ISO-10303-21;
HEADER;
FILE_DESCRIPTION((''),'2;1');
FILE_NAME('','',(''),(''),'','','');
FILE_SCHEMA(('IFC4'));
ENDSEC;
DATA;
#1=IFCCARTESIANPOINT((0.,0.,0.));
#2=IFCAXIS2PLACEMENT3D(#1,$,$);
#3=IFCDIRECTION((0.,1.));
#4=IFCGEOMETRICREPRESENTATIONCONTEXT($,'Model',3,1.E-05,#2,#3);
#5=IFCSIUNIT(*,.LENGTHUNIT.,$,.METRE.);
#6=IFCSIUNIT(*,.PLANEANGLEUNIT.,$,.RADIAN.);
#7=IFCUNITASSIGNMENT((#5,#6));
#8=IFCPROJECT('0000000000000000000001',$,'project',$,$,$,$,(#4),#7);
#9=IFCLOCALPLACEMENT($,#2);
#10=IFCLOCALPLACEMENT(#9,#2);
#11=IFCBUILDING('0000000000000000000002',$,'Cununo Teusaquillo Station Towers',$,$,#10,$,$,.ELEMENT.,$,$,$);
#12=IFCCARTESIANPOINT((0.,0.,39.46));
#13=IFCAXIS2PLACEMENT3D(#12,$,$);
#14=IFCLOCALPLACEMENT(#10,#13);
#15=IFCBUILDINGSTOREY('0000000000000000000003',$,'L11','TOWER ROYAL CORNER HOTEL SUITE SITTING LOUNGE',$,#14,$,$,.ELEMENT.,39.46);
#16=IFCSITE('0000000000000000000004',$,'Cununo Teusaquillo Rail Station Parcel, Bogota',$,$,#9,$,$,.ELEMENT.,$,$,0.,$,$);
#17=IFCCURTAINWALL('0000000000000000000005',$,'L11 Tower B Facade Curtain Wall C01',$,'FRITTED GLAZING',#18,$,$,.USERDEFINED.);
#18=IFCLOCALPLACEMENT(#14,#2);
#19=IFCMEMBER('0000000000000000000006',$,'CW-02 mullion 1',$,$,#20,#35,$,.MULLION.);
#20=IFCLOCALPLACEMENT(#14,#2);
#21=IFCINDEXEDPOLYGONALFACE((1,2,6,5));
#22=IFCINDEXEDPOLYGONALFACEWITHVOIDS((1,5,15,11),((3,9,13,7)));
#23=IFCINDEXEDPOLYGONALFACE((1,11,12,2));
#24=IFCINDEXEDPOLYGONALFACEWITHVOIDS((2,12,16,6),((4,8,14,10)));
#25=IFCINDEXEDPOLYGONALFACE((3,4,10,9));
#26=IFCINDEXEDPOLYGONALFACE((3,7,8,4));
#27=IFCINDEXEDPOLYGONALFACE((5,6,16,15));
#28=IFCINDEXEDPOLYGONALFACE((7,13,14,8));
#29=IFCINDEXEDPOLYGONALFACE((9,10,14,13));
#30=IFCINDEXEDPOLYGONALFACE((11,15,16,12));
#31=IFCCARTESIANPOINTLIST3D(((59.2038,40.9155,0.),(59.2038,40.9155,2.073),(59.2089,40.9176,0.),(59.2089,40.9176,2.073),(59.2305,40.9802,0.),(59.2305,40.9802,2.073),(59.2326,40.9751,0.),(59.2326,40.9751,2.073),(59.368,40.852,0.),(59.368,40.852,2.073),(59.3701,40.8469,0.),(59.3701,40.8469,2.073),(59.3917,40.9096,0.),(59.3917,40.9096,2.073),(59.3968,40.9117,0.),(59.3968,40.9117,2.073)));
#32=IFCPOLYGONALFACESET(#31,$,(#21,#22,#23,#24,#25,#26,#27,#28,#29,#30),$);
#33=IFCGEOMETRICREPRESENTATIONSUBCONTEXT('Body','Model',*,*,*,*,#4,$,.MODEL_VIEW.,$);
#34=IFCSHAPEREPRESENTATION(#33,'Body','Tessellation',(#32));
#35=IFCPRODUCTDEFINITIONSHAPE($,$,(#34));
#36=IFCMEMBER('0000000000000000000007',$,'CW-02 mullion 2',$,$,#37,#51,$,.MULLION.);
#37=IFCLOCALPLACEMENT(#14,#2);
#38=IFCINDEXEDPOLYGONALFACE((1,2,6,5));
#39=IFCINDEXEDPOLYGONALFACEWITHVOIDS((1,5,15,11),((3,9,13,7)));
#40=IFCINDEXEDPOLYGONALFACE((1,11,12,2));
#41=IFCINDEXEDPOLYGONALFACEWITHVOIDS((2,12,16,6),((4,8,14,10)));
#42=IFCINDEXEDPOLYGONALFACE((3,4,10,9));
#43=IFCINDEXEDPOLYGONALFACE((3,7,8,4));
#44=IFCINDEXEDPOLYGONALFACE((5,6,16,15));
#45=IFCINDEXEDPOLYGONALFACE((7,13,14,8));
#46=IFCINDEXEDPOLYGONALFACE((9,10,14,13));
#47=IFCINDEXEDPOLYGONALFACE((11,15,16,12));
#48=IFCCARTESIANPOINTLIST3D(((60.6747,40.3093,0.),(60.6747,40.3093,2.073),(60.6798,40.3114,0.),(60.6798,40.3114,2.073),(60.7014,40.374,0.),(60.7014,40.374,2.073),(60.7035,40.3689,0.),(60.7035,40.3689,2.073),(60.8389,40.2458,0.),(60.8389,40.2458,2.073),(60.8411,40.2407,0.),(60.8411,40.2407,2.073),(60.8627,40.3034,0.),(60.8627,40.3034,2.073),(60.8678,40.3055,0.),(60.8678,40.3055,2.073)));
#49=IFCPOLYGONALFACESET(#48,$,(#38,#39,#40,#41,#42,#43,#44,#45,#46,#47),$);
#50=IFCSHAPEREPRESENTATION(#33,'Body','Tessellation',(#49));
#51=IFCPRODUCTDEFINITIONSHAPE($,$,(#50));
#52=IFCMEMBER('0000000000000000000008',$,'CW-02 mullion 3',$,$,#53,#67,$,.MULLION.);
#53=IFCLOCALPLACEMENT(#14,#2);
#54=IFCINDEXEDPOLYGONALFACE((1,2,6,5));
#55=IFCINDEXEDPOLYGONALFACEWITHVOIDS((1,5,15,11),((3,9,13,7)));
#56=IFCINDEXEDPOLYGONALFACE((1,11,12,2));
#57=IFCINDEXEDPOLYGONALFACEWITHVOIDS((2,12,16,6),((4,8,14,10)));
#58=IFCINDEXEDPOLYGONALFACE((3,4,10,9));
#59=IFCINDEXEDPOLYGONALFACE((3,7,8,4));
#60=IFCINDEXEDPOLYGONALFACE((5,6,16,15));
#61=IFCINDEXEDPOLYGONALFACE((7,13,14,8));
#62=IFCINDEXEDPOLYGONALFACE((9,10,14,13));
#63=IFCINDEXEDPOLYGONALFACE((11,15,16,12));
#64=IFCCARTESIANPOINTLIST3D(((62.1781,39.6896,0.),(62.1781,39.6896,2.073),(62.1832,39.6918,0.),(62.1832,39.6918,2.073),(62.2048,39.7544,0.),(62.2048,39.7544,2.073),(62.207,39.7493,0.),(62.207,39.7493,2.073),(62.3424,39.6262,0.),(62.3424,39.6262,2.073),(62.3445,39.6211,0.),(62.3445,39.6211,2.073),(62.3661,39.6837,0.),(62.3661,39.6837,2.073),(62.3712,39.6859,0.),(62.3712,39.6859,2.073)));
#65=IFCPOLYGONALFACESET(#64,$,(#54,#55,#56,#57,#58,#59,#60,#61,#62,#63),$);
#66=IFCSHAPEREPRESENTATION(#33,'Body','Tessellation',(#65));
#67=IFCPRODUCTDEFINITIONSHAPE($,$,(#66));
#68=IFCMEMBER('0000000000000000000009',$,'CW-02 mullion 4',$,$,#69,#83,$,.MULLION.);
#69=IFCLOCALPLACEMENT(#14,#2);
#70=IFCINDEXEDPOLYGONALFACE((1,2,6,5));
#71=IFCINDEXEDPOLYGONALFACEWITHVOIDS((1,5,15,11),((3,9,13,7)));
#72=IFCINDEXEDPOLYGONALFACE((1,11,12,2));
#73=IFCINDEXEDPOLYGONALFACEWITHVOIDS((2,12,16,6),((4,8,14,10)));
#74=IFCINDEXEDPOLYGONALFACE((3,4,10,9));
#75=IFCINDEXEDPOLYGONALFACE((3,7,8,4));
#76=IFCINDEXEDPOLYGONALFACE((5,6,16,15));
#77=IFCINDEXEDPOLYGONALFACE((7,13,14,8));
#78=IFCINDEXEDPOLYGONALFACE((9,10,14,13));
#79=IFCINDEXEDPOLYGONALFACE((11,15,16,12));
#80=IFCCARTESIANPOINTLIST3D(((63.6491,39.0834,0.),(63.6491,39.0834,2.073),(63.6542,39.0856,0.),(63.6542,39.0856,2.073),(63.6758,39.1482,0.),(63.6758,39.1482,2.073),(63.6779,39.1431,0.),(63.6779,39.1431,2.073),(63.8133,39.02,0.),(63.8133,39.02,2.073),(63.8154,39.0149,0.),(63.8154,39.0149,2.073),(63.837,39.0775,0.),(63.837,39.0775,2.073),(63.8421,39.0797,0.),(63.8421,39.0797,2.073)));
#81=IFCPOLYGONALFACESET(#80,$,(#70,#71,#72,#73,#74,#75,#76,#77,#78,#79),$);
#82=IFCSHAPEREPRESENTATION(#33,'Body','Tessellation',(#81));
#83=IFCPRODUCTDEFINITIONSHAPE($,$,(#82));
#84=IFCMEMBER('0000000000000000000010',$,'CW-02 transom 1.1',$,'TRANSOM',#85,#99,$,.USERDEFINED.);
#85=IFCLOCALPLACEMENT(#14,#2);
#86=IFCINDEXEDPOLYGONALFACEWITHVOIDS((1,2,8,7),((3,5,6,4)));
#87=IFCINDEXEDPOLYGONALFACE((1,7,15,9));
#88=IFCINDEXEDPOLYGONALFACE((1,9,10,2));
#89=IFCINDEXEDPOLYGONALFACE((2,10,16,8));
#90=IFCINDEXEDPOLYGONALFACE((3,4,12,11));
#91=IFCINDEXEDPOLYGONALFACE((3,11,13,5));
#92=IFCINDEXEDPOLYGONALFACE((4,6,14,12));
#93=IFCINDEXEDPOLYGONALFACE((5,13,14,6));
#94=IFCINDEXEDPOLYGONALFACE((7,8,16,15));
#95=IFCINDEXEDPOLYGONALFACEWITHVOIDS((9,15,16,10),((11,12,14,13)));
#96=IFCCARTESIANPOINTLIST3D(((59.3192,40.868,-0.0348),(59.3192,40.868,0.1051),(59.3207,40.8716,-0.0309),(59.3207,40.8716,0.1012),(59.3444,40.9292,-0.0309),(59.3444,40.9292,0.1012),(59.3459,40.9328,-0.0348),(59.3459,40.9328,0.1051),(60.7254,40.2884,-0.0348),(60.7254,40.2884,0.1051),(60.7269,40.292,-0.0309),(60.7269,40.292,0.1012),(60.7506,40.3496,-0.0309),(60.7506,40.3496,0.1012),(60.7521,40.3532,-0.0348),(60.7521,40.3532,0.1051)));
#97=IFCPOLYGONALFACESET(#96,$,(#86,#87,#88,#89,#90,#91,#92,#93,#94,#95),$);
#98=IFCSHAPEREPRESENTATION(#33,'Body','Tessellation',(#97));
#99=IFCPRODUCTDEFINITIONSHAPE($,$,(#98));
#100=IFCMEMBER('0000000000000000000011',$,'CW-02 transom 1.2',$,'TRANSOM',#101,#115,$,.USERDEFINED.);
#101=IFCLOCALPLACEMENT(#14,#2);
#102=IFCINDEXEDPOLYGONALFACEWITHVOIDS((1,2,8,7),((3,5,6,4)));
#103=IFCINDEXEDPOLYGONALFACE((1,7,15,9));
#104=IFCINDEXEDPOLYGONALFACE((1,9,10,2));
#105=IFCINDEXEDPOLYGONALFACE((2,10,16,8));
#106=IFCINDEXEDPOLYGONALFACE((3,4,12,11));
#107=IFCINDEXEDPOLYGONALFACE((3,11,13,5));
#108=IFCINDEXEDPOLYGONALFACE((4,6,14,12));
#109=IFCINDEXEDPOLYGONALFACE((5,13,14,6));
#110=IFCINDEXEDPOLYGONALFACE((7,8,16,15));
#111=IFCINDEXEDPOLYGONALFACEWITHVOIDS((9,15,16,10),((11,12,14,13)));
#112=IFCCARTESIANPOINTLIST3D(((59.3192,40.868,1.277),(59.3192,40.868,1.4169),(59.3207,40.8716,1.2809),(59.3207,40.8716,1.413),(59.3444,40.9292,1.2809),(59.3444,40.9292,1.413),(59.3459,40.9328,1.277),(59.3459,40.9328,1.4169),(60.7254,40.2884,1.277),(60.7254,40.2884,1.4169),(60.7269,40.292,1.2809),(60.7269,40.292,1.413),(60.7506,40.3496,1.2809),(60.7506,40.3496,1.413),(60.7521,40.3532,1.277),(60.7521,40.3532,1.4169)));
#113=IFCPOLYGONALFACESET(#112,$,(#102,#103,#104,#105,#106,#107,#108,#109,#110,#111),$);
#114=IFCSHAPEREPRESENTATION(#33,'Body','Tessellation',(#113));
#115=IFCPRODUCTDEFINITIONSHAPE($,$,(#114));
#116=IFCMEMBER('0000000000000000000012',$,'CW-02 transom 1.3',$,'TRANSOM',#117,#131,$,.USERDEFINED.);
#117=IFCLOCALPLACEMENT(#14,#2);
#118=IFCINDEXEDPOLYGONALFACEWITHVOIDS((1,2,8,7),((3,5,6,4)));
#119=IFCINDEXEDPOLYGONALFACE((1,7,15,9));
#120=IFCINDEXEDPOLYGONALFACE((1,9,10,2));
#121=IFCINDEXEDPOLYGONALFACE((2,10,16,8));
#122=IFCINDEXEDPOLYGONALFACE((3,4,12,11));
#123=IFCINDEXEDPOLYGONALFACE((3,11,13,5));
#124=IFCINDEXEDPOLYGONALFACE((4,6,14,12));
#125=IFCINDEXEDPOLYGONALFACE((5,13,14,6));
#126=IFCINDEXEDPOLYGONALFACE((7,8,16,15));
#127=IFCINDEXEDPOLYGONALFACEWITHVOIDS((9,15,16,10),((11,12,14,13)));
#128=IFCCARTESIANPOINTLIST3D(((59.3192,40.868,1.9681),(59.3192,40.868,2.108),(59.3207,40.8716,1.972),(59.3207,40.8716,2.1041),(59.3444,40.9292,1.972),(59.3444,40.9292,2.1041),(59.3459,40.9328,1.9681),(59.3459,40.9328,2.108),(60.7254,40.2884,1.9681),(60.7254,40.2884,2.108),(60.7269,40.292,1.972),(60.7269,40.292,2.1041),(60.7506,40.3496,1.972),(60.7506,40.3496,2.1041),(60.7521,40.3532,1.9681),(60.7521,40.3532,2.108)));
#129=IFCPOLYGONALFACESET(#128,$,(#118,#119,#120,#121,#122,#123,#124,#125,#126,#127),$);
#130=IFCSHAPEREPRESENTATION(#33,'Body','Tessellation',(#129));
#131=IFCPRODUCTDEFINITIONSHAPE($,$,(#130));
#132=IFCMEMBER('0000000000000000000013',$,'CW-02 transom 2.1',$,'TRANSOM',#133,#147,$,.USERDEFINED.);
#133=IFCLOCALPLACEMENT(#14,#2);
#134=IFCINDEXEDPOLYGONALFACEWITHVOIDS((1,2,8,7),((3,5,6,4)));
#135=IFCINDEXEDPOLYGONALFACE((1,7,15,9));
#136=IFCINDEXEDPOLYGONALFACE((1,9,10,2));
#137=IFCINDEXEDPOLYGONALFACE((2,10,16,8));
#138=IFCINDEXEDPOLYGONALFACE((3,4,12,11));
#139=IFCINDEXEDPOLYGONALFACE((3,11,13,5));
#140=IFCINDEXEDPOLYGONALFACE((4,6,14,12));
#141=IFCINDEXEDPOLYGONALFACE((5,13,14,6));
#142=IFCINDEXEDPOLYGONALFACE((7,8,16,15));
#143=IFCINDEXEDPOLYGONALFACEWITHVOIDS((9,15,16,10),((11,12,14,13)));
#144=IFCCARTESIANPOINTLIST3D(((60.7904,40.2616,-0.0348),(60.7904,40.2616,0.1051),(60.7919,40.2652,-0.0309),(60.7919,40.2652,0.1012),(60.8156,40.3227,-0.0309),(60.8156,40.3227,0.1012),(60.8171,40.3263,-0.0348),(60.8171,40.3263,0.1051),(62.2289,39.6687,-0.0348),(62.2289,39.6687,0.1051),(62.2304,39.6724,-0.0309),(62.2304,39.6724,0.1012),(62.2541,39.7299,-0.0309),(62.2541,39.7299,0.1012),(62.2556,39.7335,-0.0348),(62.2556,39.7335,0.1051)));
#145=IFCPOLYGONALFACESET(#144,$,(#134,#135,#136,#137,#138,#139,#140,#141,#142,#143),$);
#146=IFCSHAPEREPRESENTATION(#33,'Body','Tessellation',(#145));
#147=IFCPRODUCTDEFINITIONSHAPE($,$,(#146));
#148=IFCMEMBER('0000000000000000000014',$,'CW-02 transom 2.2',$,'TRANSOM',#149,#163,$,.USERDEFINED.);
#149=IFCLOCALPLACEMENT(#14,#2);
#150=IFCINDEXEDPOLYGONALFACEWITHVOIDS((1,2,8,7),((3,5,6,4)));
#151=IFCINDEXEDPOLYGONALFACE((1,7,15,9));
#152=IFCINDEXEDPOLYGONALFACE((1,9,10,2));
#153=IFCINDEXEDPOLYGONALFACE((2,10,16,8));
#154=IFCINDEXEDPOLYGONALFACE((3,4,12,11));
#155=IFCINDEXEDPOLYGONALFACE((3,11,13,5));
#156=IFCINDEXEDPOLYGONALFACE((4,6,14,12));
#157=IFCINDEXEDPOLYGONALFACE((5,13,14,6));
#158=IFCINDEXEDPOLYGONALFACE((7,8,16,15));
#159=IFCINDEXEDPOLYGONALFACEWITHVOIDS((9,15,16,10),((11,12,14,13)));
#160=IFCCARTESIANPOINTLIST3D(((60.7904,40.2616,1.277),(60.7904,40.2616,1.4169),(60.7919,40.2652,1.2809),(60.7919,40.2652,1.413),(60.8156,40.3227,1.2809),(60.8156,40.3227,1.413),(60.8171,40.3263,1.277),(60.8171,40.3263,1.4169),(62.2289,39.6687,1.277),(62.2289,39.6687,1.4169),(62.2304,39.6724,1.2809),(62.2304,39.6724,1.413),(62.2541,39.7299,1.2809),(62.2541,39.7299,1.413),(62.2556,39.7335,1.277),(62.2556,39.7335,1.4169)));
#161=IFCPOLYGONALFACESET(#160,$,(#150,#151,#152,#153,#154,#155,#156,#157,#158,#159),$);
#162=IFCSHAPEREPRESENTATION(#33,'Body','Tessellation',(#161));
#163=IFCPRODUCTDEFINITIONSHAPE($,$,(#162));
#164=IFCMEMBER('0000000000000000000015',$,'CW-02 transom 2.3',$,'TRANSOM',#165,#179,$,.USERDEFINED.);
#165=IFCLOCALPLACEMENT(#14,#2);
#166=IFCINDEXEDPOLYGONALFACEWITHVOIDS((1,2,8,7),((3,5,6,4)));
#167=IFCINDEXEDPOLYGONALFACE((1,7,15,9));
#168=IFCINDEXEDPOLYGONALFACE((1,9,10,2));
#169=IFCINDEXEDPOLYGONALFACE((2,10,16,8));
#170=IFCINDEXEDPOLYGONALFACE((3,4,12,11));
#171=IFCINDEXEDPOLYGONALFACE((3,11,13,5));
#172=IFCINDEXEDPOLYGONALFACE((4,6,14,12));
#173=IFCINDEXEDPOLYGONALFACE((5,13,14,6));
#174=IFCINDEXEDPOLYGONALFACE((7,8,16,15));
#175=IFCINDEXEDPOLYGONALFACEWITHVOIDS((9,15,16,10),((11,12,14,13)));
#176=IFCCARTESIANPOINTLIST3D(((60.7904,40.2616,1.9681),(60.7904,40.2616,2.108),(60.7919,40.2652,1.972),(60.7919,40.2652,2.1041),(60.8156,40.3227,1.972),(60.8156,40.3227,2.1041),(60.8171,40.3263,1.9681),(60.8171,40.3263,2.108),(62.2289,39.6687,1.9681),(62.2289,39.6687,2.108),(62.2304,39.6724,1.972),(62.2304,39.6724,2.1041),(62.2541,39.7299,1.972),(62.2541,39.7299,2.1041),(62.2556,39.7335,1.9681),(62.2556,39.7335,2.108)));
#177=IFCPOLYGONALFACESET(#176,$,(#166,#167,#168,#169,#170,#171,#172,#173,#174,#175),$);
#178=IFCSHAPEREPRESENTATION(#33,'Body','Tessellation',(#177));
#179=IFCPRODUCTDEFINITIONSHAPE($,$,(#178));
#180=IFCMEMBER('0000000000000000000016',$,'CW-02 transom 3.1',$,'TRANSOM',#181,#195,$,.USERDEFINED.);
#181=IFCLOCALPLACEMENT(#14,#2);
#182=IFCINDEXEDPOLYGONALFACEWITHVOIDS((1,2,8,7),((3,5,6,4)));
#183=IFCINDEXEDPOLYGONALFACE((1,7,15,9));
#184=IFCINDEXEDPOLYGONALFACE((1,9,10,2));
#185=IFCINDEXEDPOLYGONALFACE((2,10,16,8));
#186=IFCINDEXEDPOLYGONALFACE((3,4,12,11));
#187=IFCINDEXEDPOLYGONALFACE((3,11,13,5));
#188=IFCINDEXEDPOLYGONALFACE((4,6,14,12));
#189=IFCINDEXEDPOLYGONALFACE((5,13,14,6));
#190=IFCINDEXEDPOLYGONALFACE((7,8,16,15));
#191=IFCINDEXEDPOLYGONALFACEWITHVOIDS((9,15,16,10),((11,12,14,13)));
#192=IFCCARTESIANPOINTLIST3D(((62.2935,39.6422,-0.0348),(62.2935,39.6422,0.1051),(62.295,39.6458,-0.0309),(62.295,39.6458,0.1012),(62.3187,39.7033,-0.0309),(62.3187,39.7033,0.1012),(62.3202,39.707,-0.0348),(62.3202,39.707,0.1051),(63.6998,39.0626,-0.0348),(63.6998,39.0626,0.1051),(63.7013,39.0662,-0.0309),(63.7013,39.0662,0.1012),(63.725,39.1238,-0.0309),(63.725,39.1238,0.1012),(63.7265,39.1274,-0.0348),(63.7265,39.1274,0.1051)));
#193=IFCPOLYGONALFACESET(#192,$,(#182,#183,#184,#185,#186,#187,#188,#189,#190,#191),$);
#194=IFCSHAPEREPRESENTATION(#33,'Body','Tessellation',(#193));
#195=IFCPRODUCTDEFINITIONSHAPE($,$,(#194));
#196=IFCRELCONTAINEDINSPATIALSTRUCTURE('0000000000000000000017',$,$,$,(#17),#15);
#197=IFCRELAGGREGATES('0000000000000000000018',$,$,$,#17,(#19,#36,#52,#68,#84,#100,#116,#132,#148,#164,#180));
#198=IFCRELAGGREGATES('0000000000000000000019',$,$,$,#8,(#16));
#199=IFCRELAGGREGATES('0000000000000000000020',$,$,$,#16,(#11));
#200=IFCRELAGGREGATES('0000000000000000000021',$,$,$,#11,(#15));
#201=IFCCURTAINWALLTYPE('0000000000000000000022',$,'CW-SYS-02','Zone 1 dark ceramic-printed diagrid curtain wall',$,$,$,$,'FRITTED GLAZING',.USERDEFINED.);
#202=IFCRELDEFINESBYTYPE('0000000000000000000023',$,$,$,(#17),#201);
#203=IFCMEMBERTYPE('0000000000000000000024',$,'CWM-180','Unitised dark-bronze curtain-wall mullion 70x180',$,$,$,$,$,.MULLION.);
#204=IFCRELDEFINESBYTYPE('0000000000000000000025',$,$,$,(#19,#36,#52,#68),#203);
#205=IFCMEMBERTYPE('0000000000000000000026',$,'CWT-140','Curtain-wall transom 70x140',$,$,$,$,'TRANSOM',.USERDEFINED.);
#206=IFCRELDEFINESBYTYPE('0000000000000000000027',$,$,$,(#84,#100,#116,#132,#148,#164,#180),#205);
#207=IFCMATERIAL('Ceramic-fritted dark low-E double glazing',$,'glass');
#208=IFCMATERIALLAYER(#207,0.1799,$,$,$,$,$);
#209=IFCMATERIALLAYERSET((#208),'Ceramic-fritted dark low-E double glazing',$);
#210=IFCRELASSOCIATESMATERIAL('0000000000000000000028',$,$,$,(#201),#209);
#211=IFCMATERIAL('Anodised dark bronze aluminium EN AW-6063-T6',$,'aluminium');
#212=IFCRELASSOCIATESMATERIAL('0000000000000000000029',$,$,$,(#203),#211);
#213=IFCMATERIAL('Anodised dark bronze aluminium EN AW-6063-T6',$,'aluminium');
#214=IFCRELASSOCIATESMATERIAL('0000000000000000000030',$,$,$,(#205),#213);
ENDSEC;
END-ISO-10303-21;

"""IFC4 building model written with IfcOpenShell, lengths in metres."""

from ifc_helpers import new_model, si_unit, direction, frame, origin, origin_2d, place, context, subcontext, project, spatial, hollow_rectangle, extrude, material, layer, layer_set, material_profile, profile_set, type_object, element, aggregate, save


model = new_model("IFC4")

# Units and contexts
model_context = context("Model", 3, precision=1e-05, world=origin(), true_north=direction((0.0, 1.0)))
body_context = subcontext(model_context, "Body", "Model", "MODEL_VIEW")
ifc_project = project(units=[si_unit("LENGTHUNIT", "METRE"), si_unit("PLANEANGLEUNIT", "RADIAN")], contexts=[model_context])

# Site, building, storey
site_placement = place(None, origin())
site = spatial("IfcSite", under=ifc_project, at=site_placement, Name="Cununo Teusaquillo Rail Station Parcel, Bogota", CompositionType="ELEMENT", RefElevation=0.0)
building_placement = place(site_placement, origin())
building = spatial("IfcBuilding", under=site, at=building_placement, Name="Cununo Teusaquillo Station Towers", CompositionType="ELEMENT")
storey_placement = place(building_placement, frame((0.0, 0.0, 39.46)))
storey = spatial("IfcBuildingStorey", under=building, at=storey_placement, Name="L11", Description="TOWER ROYAL CORNER HOTEL SUITE SITTING LOUNGE", CompositionType="ELEMENT", Elevation=39.46)

# Curtain wall, members
ifc_material_1 = material(Name="Ceramic-fritted dark low-E double glazing", Category="glass")
ifc_layer_1 = layer(ifc_material_1, 0.1799)
ifc_layer_set_1 = layer_set([ifc_layer_1], Name="Ceramic-fritted dark low-E double glazing")
curtain_wall_type = type_object("IfcCurtainWallType", Name="CW-SYS-02", Description="Zone 1 dark ceramic-printed diagrid curtain wall", ElementType="FRITTED GLAZING", PredefinedType="USERDEFINED", material=ifc_layer_set_1)
curtain_wall_placement = place(storey_placement, origin())
curtain_wall = element("IfcCurtainWall", 1, at=curtain_wall_placement, inside=storey, type_object=curtain_wall_type, Name="L11 Tower B Facade Curtain Wall C01", ObjectType="FRITTED GLAZING", PredefinedType="USERDEFINED")
ifc_material_2 = material(Name="Anodised dark bronze aluminium EN AW-6063-T6", Category="aluminium")
ifc_material_profile_1 = material_profile(ifc_material_2, hollow_rectangle(XDim=0.0701, YDim=0.1799, WallThickness=0.0039, at=origin_2d()), Name="CW-MULL-70x180")
ifc_profile_set_1 = profile_set([ifc_material_profile_1], Name="Anodised dark bronze aluminium EN AW-6063-T6")
member_type_1 = type_object("IfcMemberType", Name="CWM-180", Description="Unitised dark-bronze curtain-wall mullion 70x180", PredefinedType="MULLION", material=ifc_profile_set_1)
member_1_placement = place(storey_placement, frame((59.3003, 40.9136, 0.0), z_axis=(0.0, 0.0, 1.0), x_axis=(0.381055, 0.924552, 0.0)))
member_1 = element("IfcMember", 2, at=member_1_placement, type_object=member_type_1, Name="CW-02 mullion 1", PredefinedType="MULLION", context=body_context, shape_type="SweptSolid", body=[
    extrude(hollow_rectangle(XDim=0.0701, YDim=0.1799, WallThickness=0.0039, at=origin_2d()), origin(), (0.0, 0.0, 1.0), 2.073),
])
member_2_placement = place(storey_placement, frame((60.7712, 40.3074, 0.0), z_axis=(0.0, 0.0, 1.0), x_axis=(0.381055, 0.924552, 0.0)))
member_2 = element("IfcMember", 3, at=member_2_placement, type_object=member_type_1, Name="CW-02 mullion 2", PredefinedType="MULLION", context=body_context, shape_type="SweptSolid", body=[
    extrude(hollow_rectangle(XDim=0.0701, YDim=0.1799, WallThickness=0.0039, at=origin_2d()), origin(), (0.0, 0.0, 1.0), 2.073),
])
member_3_placement = place(storey_placement, frame((62.2747, 39.6877, 0.0), z_axis=(0.0, 0.0, 1.0), x_axis=(0.381055, 0.924552, 0.0)))
member_3 = element("IfcMember", 4, at=member_3_placement, type_object=member_type_1, Name="CW-02 mullion 3", PredefinedType="MULLION", context=body_context, shape_type="SweptSolid", body=[
    extrude(hollow_rectangle(XDim=0.0701, YDim=0.1799, WallThickness=0.0039, at=origin_2d()), origin(), (0.0, 0.0, 1.0), 2.073),
])
member_4_placement = place(storey_placement, frame((63.7456, 39.0815, 0.0), z_axis=(0.0, 0.0, 1.0), x_axis=(0.381055, 0.924552, 0.0)))
member_4 = element("IfcMember", 5, at=member_4_placement, type_object=member_type_1, Name="CW-02 mullion 4", PredefinedType="MULLION", context=body_context, shape_type="SweptSolid", body=[
    extrude(hollow_rectangle(XDim=0.0701, YDim=0.1799, WallThickness=0.0039, at=origin_2d()), origin(), (0.0, 0.0, 1.0), 2.073),
])
ifc_material_3 = material(Name="Anodised dark bronze aluminium EN AW-6063-T6", Category="aluminium")
ifc_material_profile_2 = material_profile(ifc_material_3, hollow_rectangle(XDim=0.0701, YDim=0.1399, WallThickness=0.0039, at=origin_2d()), Name="CW-TRAN-70x140")
ifc_profile_set_2 = profile_set([ifc_material_profile_2], Name="Anodised dark bronze aluminium EN AW-6063-T6")
member_type_2 = type_object("IfcMemberType", Name="CWT-140", Description="Curtain-wall transom 70x140", ElementType="TRANSOM", PredefinedType="USERDEFINED", material=ifc_profile_set_2)
member_5_placement = place(storey_placement, frame((59.3325, 40.9004, 0.0352), z_axis=(0.924552, -0.381057, 0.0), x_axis=(0.381057, 0.924552, 0.0)))
member_5 = element("IfcMember", 6, at=member_5_placement, type_object=member_type_2, Name="CW-02 transom 1.1", ObjectType="TRANSOM", PredefinedType="USERDEFINED", context=body_context, shape_type="SweptSolid", body=[
    extrude(hollow_rectangle(XDim=0.0701, YDim=0.1399, WallThickness=0.0039, at=origin_2d()), origin(), (0.0, 0.0, 1.0), 1.521),
])
member_6_placement = place(storey_placement, frame((59.3325, 40.9004, 1.3469), z_axis=(0.924552, -0.381057, 0.0), x_axis=(0.381057, 0.924552, 0.0)))
member_6 = element("IfcMember", 7, at=member_6_placement, type_object=member_type_2, Name="CW-02 transom 1.2", ObjectType="TRANSOM", PredefinedType="USERDEFINED", context=body_context, shape_type="SweptSolid", body=[
    extrude(hollow_rectangle(XDim=0.0701, YDim=0.1399, WallThickness=0.0039, at=origin_2d()), origin(), (0.0, 0.0, 1.0), 1.521),
])
member_7_placement = place(storey_placement, frame((59.3325, 40.9004, 2.0381), z_axis=(0.924552, -0.381057, 0.0), x_axis=(0.381057, 0.924552, 0.0)))
member_7 = element("IfcMember", 8, at=member_7_placement, type_object=member_type_2, Name="CW-02 transom 1.3", ObjectType="TRANSOM", PredefinedType="USERDEFINED", context=body_context, shape_type="SweptSolid", body=[
    extrude(hollow_rectangle(XDim=0.0701, YDim=0.1399, WallThickness=0.0039, at=origin_2d()), origin(), (0.0, 0.0, 1.0), 1.521),
])
member_8_placement = place(storey_placement, frame((60.8037, 40.2939, 0.0352), z_axis=(0.924574, -0.381002, 0.0), x_axis=(0.381002, 0.924574, 0.0)))
member_8 = element("IfcMember", 9, at=member_8_placement, type_object=member_type_2, Name="CW-02 transom 2.1", ObjectType="TRANSOM", PredefinedType="USERDEFINED", context=body_context, shape_type="SweptSolid", body=[
    extrude(hollow_rectangle(XDim=0.0701, YDim=0.1399, WallThickness=0.0039, at=origin_2d()), origin(), (0.0, 0.0, 1.0), 1.5559),
])
member_9_placement = place(storey_placement, frame((60.8037, 40.2939, 1.3469), z_axis=(0.924574, -0.381002, 0.0), x_axis=(0.381002, 0.924574, 0.0)))
member_9 = element("IfcMember", 10, at=member_9_placement, type_object=member_type_2, Name="CW-02 transom 2.2", ObjectType="TRANSOM", PredefinedType="USERDEFINED", context=body_context, shape_type="SweptSolid", body=[
    extrude(hollow_rectangle(XDim=0.0701, YDim=0.1399, WallThickness=0.0039, at=origin_2d()), origin(), (0.0, 0.0, 1.0), 1.5559),
])
member_10_placement = place(storey_placement, frame((60.8037, 40.2939, 2.0381), z_axis=(0.924574, -0.381002, 0.0), x_axis=(0.381002, 0.924574, 0.0)))
member_10 = element("IfcMember", 11, at=member_10_placement, type_object=member_type_2, Name="CW-02 transom 2.3", ObjectType="TRANSOM", PredefinedType="USERDEFINED", context=body_context, shape_type="SweptSolid", body=[
    extrude(hollow_rectangle(XDim=0.0701, YDim=0.1399, WallThickness=0.0039, at=origin_2d()), origin(), (0.0, 0.0, 1.0), 1.5559),
])
member_11_placement = place(storey_placement, frame((62.3069, 39.6746, 0.0352), z_axis=(0.924552, -0.381057, 0.0), x_axis=(0.381057, 0.924552, 0.0)))
member_11 = element("IfcMember", 12, at=member_11_placement, type_object=member_type_2, Name="CW-02 transom 3.1", ObjectType="TRANSOM", PredefinedType="USERDEFINED", context=body_context, shape_type="SweptSolid", body=[
    extrude(hollow_rectangle(XDim=0.0701, YDim=0.1399, WallThickness=0.0039, at=origin_2d()), origin(), (0.0, 0.0, 1.0), 1.521),
])

aggregate(curtain_wall, [member_1, member_2, member_3, member_4, member_5, member_6, member_7, member_8, member_9, member_10, member_11])

save(model, "model.ifc")
